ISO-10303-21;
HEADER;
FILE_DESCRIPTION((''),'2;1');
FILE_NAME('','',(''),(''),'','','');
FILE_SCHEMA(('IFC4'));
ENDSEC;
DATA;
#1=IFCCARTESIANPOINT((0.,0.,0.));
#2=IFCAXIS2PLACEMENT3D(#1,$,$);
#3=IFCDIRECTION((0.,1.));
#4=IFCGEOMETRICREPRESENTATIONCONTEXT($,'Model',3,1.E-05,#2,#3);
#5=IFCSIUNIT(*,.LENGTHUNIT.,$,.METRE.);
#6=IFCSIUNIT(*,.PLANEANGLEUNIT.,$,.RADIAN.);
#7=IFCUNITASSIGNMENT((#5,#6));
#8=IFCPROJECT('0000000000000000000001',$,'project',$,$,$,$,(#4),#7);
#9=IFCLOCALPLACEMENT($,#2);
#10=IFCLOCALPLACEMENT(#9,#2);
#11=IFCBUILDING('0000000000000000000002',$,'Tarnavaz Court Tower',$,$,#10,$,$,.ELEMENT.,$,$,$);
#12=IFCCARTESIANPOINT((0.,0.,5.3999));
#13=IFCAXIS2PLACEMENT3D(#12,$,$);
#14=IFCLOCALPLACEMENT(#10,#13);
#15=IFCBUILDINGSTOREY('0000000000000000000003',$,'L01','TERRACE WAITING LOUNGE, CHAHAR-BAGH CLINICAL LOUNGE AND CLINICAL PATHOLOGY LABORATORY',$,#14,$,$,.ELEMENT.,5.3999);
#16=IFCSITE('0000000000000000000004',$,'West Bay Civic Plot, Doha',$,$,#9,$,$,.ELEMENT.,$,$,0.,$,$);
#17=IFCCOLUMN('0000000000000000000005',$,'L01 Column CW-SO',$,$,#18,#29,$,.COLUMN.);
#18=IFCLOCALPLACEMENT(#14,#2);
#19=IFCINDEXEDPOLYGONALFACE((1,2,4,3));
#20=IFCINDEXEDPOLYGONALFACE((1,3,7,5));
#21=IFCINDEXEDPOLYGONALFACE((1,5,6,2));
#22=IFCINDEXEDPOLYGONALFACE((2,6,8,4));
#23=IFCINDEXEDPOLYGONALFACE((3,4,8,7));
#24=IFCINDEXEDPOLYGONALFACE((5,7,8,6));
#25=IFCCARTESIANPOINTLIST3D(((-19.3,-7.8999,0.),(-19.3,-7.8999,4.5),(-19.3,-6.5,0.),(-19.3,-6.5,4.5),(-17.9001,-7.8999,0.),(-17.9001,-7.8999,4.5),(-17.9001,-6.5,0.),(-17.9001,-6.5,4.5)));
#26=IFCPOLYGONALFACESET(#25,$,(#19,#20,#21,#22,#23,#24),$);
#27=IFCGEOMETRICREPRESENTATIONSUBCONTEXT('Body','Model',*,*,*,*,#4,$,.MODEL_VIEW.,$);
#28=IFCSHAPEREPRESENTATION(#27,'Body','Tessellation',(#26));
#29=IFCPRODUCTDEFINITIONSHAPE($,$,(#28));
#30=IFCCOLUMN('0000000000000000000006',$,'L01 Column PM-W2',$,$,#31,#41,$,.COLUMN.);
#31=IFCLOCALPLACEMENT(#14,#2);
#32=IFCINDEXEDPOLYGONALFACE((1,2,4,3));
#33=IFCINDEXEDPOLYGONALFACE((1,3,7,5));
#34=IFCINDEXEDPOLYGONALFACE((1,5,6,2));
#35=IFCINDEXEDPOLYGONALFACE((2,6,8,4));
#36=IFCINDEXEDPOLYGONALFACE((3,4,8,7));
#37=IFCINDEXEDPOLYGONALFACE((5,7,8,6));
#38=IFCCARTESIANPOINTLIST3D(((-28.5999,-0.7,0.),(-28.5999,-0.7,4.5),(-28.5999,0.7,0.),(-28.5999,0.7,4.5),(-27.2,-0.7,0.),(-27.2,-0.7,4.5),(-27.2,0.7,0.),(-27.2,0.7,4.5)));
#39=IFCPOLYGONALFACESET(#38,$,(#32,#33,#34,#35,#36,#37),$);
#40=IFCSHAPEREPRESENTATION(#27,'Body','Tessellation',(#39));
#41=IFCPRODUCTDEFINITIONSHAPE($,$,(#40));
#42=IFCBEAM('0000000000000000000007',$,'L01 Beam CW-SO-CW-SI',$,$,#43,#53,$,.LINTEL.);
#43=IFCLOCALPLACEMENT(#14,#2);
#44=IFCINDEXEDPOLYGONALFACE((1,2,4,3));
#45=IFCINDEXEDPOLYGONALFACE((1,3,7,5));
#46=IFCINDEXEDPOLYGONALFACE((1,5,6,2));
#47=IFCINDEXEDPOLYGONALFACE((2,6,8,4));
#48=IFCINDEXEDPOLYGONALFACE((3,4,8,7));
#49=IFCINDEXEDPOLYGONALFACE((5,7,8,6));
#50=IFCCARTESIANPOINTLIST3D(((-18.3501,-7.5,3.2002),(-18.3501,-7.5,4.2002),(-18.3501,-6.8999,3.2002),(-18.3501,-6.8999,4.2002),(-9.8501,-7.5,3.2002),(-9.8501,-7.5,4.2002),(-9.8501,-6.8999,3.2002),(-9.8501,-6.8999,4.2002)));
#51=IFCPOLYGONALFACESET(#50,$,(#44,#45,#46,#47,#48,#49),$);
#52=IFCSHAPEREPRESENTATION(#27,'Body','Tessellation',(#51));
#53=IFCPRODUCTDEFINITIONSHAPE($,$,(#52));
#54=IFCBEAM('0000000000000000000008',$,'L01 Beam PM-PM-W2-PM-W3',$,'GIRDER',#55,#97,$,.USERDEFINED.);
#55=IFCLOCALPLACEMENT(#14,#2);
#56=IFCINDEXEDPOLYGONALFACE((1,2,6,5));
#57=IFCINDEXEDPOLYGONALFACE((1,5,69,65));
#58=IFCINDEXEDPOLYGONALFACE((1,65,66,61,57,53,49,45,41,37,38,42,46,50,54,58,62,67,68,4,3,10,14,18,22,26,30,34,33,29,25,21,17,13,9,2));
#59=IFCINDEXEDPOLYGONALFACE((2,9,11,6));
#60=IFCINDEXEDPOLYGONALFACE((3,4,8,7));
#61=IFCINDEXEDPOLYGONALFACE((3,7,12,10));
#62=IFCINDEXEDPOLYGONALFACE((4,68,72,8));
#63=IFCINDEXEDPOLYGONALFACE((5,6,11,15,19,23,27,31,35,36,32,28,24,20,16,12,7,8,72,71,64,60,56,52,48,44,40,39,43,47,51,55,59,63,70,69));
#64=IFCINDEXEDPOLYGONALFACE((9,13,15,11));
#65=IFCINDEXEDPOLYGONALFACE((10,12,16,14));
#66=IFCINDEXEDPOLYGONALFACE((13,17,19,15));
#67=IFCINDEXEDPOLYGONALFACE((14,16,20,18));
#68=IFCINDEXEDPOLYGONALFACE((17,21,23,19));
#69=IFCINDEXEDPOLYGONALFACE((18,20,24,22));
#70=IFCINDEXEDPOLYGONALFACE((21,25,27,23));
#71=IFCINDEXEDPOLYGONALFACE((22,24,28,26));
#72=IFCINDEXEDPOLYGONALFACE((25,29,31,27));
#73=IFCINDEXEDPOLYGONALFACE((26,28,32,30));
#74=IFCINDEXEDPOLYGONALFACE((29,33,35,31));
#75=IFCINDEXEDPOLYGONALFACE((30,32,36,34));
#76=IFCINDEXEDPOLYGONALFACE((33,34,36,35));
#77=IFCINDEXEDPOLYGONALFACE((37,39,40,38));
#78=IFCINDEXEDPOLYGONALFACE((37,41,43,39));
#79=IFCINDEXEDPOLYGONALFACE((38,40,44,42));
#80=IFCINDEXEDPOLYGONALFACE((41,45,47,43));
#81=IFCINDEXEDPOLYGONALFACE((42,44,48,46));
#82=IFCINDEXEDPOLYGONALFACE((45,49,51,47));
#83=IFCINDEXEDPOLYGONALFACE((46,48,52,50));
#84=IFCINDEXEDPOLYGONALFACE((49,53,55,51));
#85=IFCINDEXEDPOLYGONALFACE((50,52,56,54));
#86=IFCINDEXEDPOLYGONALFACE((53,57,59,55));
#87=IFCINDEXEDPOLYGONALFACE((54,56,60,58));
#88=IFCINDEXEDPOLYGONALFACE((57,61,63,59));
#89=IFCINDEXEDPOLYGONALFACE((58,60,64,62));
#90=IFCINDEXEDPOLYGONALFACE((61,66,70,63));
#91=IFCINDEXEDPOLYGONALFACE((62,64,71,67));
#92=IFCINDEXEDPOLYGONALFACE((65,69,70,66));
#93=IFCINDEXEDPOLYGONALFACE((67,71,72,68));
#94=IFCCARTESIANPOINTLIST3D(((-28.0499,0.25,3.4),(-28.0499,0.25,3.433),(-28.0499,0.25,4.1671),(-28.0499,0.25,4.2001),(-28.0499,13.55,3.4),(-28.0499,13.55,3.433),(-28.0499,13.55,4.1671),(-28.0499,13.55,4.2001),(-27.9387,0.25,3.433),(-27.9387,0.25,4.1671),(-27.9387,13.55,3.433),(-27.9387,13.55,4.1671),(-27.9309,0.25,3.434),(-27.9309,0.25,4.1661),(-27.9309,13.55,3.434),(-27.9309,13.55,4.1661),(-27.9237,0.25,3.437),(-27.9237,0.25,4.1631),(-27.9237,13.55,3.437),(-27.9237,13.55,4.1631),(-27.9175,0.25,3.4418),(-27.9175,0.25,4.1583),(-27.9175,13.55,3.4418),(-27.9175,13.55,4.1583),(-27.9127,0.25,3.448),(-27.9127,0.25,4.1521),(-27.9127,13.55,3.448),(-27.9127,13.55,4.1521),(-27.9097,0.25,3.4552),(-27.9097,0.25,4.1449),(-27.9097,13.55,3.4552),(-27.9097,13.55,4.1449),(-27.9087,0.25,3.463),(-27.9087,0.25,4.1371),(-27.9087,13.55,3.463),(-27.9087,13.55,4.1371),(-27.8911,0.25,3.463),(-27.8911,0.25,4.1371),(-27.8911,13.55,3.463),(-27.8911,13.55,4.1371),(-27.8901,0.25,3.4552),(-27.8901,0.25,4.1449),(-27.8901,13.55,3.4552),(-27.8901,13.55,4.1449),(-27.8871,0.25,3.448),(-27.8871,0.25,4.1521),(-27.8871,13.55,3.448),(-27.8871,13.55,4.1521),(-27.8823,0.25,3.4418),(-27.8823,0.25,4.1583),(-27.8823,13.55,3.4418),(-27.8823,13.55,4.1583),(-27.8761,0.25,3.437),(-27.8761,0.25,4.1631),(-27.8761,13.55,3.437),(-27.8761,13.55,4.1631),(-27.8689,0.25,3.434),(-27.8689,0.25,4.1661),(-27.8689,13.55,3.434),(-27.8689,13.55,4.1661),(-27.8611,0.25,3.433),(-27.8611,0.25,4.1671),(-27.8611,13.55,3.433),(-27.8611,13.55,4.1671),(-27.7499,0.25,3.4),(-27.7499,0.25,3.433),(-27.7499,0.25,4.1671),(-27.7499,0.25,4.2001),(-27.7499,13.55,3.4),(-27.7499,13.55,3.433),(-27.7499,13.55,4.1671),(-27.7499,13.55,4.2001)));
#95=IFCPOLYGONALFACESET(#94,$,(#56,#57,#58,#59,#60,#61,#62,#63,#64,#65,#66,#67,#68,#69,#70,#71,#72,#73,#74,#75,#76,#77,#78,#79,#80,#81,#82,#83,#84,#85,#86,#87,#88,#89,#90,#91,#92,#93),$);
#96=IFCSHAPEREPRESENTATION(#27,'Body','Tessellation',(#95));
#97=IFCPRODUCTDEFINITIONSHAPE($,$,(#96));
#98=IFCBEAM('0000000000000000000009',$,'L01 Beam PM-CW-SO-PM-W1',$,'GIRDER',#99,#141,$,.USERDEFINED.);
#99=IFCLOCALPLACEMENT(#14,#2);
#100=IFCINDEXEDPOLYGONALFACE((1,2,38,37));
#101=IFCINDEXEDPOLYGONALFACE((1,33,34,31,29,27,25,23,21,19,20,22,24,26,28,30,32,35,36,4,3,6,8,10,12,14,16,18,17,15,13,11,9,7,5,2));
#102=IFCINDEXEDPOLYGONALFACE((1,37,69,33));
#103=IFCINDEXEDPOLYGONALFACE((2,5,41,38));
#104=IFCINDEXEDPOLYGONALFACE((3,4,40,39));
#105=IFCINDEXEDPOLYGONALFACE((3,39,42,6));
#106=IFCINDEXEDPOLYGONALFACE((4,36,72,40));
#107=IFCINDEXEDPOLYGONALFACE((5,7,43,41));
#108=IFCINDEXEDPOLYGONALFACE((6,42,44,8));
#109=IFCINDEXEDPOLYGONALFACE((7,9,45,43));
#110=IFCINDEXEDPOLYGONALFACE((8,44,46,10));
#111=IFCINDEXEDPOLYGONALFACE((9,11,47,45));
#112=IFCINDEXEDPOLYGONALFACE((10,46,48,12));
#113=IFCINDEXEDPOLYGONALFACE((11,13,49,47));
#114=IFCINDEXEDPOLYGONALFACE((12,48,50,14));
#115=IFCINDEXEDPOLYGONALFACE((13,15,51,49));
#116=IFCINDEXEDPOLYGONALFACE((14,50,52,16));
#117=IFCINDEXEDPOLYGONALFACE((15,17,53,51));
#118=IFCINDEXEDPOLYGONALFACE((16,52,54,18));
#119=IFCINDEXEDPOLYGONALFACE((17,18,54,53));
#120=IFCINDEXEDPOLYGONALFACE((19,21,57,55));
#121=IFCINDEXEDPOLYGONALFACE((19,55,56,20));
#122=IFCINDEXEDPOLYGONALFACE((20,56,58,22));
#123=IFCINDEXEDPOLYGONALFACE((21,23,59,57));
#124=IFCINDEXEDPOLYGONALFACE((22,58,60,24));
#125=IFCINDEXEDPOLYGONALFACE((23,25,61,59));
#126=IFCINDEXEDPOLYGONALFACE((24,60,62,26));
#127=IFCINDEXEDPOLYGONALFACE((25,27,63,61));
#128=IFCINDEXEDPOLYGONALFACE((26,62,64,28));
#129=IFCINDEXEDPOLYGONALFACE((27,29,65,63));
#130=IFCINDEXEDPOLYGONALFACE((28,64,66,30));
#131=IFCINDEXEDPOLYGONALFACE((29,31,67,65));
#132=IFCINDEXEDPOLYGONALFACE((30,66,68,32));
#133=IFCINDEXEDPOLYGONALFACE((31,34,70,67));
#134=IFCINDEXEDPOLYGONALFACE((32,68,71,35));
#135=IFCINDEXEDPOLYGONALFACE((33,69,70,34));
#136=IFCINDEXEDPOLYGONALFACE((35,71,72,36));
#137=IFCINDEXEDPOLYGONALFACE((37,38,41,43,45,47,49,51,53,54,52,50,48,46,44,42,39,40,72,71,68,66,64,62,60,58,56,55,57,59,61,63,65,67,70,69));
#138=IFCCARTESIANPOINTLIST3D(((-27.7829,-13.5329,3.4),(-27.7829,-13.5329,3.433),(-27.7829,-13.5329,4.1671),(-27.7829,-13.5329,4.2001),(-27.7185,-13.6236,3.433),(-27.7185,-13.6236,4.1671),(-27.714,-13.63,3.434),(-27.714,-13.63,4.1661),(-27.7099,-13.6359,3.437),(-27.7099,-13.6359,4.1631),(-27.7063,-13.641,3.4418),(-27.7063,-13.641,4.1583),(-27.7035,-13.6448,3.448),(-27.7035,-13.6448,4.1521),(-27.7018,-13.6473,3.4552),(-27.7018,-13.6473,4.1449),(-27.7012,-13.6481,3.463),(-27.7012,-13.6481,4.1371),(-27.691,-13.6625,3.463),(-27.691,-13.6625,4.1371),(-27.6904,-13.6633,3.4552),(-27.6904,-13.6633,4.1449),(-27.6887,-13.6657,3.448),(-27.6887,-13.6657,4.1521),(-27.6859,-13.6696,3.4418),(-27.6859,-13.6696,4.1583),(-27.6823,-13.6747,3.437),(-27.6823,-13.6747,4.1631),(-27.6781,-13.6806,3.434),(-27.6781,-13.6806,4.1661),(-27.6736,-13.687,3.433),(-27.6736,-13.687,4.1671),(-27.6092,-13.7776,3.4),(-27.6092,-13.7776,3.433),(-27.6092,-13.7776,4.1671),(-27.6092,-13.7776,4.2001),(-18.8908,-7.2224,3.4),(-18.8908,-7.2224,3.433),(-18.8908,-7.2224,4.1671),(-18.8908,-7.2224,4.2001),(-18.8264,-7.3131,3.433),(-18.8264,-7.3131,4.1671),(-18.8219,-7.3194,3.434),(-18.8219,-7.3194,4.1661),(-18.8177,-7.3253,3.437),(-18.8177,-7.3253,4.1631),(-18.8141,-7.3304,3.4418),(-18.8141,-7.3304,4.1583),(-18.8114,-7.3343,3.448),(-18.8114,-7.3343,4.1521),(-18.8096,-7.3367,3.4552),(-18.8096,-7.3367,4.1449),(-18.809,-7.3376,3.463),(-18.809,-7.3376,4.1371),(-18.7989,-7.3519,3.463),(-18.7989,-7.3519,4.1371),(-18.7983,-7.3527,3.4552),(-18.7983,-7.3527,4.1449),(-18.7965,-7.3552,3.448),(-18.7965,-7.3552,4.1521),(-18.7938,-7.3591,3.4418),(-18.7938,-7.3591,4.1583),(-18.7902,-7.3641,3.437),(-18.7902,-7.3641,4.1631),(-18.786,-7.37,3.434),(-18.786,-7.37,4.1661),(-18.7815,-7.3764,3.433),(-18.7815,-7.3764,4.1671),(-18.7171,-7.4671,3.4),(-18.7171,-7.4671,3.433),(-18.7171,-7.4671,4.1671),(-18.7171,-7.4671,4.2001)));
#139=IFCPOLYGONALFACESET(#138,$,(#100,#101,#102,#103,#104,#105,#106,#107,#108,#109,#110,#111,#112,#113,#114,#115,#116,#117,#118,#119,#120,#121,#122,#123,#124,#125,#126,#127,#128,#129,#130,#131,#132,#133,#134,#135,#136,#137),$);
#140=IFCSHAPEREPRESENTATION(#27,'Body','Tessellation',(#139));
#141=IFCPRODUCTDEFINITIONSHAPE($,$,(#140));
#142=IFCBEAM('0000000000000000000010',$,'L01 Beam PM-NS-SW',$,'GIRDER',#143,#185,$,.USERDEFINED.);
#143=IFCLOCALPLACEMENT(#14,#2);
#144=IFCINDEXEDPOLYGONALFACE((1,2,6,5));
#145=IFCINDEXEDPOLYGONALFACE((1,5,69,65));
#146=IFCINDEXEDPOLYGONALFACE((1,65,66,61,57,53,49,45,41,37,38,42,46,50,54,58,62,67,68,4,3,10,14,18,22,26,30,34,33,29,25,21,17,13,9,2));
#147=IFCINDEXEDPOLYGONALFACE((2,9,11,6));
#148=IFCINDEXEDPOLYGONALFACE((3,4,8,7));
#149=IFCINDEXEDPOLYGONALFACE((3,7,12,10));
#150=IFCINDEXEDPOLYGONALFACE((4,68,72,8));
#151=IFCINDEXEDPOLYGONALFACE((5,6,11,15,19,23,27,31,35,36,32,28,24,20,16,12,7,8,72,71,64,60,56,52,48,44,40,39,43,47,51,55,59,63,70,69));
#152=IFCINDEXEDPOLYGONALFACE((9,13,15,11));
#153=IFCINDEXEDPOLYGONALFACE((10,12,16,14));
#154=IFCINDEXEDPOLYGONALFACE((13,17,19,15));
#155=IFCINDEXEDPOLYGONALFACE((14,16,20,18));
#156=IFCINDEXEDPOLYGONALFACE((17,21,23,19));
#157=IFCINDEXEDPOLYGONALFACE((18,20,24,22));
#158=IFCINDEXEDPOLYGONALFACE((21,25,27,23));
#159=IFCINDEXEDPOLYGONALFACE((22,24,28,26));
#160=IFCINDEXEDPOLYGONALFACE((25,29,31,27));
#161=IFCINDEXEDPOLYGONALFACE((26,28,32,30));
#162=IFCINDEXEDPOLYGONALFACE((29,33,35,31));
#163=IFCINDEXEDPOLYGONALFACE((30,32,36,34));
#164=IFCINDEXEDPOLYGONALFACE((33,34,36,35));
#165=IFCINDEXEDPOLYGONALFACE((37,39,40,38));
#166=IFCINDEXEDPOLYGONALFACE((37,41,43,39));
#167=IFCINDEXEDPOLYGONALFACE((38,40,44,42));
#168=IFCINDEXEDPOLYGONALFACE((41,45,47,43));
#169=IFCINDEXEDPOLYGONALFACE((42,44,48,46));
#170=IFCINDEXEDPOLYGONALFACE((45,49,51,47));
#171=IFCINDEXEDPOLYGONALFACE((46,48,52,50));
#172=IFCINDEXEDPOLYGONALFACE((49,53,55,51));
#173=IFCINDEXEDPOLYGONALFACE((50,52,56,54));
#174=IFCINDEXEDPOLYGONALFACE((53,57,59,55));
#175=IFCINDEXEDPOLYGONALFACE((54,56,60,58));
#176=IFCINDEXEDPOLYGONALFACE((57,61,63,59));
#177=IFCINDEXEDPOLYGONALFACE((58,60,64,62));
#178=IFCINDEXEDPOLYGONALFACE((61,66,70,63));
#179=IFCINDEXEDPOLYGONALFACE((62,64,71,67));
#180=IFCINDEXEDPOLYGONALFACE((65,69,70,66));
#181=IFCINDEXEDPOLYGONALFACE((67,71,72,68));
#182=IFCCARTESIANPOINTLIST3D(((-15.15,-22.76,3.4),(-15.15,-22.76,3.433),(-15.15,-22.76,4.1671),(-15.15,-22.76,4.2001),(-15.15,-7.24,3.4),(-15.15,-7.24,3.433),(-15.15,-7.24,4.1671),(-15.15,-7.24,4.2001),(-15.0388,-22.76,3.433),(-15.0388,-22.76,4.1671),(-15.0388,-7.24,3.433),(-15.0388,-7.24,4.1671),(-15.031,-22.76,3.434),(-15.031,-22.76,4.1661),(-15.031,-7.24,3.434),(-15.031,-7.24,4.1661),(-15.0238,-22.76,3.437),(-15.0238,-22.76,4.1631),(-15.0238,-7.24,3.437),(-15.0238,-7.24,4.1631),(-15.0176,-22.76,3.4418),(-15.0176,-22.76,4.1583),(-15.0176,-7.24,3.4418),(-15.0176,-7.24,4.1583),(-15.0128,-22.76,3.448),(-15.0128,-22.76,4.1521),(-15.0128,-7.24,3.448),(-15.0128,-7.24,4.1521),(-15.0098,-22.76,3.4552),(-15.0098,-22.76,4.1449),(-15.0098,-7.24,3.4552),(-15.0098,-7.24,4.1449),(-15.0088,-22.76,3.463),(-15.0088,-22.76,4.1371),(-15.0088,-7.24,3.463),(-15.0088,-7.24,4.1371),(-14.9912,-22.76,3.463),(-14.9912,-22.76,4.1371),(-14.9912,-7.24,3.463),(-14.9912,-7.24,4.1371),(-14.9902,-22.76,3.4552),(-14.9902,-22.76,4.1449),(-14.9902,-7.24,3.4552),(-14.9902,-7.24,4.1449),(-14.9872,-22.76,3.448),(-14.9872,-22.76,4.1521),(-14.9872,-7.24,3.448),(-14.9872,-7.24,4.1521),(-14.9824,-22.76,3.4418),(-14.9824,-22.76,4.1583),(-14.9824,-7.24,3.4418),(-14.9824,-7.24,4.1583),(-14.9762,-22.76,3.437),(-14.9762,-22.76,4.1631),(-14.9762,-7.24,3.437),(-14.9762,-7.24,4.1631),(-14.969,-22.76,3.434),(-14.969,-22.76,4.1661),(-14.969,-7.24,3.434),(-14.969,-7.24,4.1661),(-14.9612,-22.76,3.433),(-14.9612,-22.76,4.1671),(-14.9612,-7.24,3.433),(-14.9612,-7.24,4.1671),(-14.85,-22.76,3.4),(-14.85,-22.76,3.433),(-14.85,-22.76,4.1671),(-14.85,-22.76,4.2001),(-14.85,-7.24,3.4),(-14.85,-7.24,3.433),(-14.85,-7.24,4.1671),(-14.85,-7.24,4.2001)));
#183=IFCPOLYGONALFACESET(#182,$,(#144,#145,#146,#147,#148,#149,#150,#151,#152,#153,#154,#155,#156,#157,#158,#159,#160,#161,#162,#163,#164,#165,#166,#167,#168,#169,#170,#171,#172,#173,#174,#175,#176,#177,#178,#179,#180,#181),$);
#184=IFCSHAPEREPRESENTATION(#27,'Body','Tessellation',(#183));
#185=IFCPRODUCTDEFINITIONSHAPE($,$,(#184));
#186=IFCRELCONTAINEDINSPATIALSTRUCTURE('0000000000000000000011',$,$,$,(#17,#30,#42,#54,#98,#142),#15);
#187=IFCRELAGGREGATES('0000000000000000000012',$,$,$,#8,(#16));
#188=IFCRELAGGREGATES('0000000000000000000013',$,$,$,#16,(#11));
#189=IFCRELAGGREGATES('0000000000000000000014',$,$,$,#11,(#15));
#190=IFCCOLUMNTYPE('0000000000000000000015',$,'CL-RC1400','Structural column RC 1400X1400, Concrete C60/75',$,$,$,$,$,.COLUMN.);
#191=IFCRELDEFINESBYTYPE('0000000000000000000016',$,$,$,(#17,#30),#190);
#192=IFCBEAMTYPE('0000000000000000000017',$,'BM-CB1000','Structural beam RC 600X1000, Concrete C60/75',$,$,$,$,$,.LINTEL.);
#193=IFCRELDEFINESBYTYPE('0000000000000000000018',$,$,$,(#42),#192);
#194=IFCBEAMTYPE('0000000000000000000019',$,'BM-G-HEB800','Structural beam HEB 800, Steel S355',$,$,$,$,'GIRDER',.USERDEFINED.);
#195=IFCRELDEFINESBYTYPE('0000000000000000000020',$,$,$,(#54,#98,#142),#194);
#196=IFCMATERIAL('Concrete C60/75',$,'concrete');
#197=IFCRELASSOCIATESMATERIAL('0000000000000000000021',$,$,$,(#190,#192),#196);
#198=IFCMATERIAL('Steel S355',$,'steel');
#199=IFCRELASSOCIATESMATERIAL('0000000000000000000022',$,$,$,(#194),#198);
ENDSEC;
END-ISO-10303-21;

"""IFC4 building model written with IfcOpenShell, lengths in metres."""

from ifc_helpers import new_model, si_unit, direction, frame, origin, origin_2d, place, context, subcontext, project, spatial, rectangle, i_section, extrude, material, material_profile, profile_set, type_object, element, save


model = new_model("IFC4")

# Units and contexts
model_context = context("Model", 3, precision=1e-05, world=origin(), true_north=direction((0.0, 1.0)))
body_context = subcontext(model_context, "Body", "Model", "MODEL_VIEW")
ifc_project = project(units=[si_unit("LENGTHUNIT", "METRE"), si_unit("PLANEANGLEUNIT", "RADIAN")], contexts=[model_context])

# Site, building, storey
site_placement = place(None, origin())
site = spatial("IfcSite", under=ifc_project, at=site_placement, Name="West Bay Civic Plot, Doha", CompositionType="ELEMENT", RefElevation=0.0)
building_placement = place(site_placement, origin())
building = spatial("IfcBuilding", under=site, at=building_placement, Name="Tarnavaz Court Tower", CompositionType="ELEMENT")
storey_placement = place(building_placement, frame((0.0, 0.0, 5.3999)))
storey = spatial("IfcBuildingStorey", under=building, at=storey_placement, Name="L01", Description="TERRACE WAITING LOUNGE, CHAHAR-BAGH CLINICAL LOUNGE AND CLINICAL PATHOLOGY LABORATORY", CompositionType="ELEMENT", Elevation=5.3999)

# Columns
ifc_material_1 = material(Name="Concrete C60/75", Category="concrete")
ifc_material_profile_1 = material_profile(ifc_material_1, rectangle(XDim=1.3999, YDim=1.3999, at=origin_2d()), Name="RC 1400X1400")
ifc_profile_set_1 = profile_set([ifc_material_profile_1], Name="Concrete C60/75")
column_type = type_object("IfcColumnType", Name="CL-RC1400", Description="Structural column RC 1400X1400, Concrete C60/75", PredefinedType="COLUMN", material=ifc_profile_set_1)
for number, where, z_axis, x_axis, name in (
    (1, (-18.6001, -7.2, 0.0), (0.0, 0.0, 1.0), (1.0, 0.0, 0.0), "L01 Column CW-SO"),
    (2, (-27.8999, 0.0, 0.0), (0.0, 0.0, 1.0), (1.0, 0.0, 0.0), "L01 Column PM-W2"),
):
    element("IfcColumn", number, at=place(storey_placement, frame(where, z_axis=z_axis, x_axis=x_axis)), inside=storey, type_object=column_type, Name=name, PredefinedType="COLUMN", context=body_context, shape_type="SweptSolid", body=[
        extrude(rectangle(XDim=1.3999, YDim=1.3999, at=origin_2d()), origin(), (0.0, 0.0, 1.0), 4.5),
    ])

# Beams
ifc_material_profile_2 = material_profile(ifc_material_1, rectangle(XDim=0.6001, YDim=1.0, at=origin_2d()), Name="RC 600X1000")
ifc_profile_set_2 = profile_set([ifc_material_profile_2], Name="Concrete C60/75")
beam_type_1 = type_object("IfcBeamType", Name="BM-CB1000", Description="Structural beam RC 600X1000, Concrete C60/75", PredefinedType="LINTEL", material=ifc_profile_set_2)
beam_1_placement = place(storey_placement, frame((-18.3501, -7.2, 3.7002), z_axis=(1.0, 0.0, 0.0), x_axis=(0.0, 1.0, 0.0)))
element("IfcBeam", 3, at=beam_1_placement, inside=storey, type_object=beam_type_1, Name="L01 Beam CW-SO-CW-SI", PredefinedType="LINTEL", context=body_context, shape_type="SweptSolid", body=[
    extrude(rectangle(XDim=0.6001, YDim=1.0, at=origin_2d()), origin(), (0.0, 0.0, 1.0), 8.5),
])
ifc_material_2 = material(Name="Steel S355", Category="steel")
ifc_material_profile_3 = material_profile(ifc_material_2, i_section(OverallWidth=0.3, OverallDepth=0.8, WebThickness=0.0176, FlangeThickness=0.033, FilletRadius=0.03, at=origin_2d()), Name="HEB 800")
ifc_profile_set_3 = profile_set([ifc_material_profile_3], Name="Steel S355")
beam_type_2 = type_object("IfcBeamType", Name="BM-G-HEB800", Description="Structural beam HEB 800, Steel S355", ElementType="GIRDER", PredefinedType="USERDEFINED", material=ifc_profile_set_3)
beam_2_placement = place(storey_placement, frame((-27.8999, 0.25, 3.8), z_axis=(0.0, 1.0, 0.0), x_axis=(-1.0, 0.0, 0.0)))
element("IfcBeam", 4, at=beam_2_placement, inside=storey, type_object=beam_type_2, Name="L01 Beam PM-PM-W2-PM-W3", ObjectType="GIRDER", PredefinedType="USERDEFINED", context=body_context, shape_type="SweptSolid", body=[
    extrude(i_section(OverallWidth=0.3, OverallDepth=0.8, WebThickness=0.0176, FlangeThickness=0.033, FilletRadius=0.03, at=origin_2d()), origin(), (0.0, 0.0, 1.0), 13.3),
])
beam_3_placement = place(storey_placement, frame((-18.804, -7.3447, 3.8), z_axis=(-0.815506, -0.578749, 0.0), x_axis=(0.578749, -0.815506, 0.0)))
element("IfcBeam", 5, at=beam_3_placement, inside=storey, type_object=beam_type_2, Name="L01 Beam PM-CW-SO-PM-W1", ObjectType="GIRDER", PredefinedType="USERDEFINED", context=body_context, shape_type="SweptSolid", body=[
    extrude(i_section(OverallWidth=0.3, OverallDepth=0.8, WebThickness=0.0176, FlangeThickness=0.033, FilletRadius=0.03, at=origin_2d()), origin(), (0.0, 0.0, 1.0), 10.9038),
])
beam_4_placement = place(storey_placement, frame((-15.0, -7.24, 3.8), z_axis=(0.0, -1.0, 0.0), x_axis=(1.0, 0.0, 0.0)))
element("IfcBeam", 6, at=beam_4_placement, inside=storey, type_object=beam_type_2, Name="L01 Beam PM-NS-SW", ObjectType="GIRDER", PredefinedType="USERDEFINED", context=body_context, shape_type="SweptSolid", body=[
    extrude(i_section(OverallWidth=0.3, OverallDepth=0.8, WebThickness=0.0176, FlangeThickness=0.033, FilletRadius=0.03, at=origin_2d()), origin(), (0.0, 0.0, 1.0), 15.52),
])

save(model, "model.ifc")
